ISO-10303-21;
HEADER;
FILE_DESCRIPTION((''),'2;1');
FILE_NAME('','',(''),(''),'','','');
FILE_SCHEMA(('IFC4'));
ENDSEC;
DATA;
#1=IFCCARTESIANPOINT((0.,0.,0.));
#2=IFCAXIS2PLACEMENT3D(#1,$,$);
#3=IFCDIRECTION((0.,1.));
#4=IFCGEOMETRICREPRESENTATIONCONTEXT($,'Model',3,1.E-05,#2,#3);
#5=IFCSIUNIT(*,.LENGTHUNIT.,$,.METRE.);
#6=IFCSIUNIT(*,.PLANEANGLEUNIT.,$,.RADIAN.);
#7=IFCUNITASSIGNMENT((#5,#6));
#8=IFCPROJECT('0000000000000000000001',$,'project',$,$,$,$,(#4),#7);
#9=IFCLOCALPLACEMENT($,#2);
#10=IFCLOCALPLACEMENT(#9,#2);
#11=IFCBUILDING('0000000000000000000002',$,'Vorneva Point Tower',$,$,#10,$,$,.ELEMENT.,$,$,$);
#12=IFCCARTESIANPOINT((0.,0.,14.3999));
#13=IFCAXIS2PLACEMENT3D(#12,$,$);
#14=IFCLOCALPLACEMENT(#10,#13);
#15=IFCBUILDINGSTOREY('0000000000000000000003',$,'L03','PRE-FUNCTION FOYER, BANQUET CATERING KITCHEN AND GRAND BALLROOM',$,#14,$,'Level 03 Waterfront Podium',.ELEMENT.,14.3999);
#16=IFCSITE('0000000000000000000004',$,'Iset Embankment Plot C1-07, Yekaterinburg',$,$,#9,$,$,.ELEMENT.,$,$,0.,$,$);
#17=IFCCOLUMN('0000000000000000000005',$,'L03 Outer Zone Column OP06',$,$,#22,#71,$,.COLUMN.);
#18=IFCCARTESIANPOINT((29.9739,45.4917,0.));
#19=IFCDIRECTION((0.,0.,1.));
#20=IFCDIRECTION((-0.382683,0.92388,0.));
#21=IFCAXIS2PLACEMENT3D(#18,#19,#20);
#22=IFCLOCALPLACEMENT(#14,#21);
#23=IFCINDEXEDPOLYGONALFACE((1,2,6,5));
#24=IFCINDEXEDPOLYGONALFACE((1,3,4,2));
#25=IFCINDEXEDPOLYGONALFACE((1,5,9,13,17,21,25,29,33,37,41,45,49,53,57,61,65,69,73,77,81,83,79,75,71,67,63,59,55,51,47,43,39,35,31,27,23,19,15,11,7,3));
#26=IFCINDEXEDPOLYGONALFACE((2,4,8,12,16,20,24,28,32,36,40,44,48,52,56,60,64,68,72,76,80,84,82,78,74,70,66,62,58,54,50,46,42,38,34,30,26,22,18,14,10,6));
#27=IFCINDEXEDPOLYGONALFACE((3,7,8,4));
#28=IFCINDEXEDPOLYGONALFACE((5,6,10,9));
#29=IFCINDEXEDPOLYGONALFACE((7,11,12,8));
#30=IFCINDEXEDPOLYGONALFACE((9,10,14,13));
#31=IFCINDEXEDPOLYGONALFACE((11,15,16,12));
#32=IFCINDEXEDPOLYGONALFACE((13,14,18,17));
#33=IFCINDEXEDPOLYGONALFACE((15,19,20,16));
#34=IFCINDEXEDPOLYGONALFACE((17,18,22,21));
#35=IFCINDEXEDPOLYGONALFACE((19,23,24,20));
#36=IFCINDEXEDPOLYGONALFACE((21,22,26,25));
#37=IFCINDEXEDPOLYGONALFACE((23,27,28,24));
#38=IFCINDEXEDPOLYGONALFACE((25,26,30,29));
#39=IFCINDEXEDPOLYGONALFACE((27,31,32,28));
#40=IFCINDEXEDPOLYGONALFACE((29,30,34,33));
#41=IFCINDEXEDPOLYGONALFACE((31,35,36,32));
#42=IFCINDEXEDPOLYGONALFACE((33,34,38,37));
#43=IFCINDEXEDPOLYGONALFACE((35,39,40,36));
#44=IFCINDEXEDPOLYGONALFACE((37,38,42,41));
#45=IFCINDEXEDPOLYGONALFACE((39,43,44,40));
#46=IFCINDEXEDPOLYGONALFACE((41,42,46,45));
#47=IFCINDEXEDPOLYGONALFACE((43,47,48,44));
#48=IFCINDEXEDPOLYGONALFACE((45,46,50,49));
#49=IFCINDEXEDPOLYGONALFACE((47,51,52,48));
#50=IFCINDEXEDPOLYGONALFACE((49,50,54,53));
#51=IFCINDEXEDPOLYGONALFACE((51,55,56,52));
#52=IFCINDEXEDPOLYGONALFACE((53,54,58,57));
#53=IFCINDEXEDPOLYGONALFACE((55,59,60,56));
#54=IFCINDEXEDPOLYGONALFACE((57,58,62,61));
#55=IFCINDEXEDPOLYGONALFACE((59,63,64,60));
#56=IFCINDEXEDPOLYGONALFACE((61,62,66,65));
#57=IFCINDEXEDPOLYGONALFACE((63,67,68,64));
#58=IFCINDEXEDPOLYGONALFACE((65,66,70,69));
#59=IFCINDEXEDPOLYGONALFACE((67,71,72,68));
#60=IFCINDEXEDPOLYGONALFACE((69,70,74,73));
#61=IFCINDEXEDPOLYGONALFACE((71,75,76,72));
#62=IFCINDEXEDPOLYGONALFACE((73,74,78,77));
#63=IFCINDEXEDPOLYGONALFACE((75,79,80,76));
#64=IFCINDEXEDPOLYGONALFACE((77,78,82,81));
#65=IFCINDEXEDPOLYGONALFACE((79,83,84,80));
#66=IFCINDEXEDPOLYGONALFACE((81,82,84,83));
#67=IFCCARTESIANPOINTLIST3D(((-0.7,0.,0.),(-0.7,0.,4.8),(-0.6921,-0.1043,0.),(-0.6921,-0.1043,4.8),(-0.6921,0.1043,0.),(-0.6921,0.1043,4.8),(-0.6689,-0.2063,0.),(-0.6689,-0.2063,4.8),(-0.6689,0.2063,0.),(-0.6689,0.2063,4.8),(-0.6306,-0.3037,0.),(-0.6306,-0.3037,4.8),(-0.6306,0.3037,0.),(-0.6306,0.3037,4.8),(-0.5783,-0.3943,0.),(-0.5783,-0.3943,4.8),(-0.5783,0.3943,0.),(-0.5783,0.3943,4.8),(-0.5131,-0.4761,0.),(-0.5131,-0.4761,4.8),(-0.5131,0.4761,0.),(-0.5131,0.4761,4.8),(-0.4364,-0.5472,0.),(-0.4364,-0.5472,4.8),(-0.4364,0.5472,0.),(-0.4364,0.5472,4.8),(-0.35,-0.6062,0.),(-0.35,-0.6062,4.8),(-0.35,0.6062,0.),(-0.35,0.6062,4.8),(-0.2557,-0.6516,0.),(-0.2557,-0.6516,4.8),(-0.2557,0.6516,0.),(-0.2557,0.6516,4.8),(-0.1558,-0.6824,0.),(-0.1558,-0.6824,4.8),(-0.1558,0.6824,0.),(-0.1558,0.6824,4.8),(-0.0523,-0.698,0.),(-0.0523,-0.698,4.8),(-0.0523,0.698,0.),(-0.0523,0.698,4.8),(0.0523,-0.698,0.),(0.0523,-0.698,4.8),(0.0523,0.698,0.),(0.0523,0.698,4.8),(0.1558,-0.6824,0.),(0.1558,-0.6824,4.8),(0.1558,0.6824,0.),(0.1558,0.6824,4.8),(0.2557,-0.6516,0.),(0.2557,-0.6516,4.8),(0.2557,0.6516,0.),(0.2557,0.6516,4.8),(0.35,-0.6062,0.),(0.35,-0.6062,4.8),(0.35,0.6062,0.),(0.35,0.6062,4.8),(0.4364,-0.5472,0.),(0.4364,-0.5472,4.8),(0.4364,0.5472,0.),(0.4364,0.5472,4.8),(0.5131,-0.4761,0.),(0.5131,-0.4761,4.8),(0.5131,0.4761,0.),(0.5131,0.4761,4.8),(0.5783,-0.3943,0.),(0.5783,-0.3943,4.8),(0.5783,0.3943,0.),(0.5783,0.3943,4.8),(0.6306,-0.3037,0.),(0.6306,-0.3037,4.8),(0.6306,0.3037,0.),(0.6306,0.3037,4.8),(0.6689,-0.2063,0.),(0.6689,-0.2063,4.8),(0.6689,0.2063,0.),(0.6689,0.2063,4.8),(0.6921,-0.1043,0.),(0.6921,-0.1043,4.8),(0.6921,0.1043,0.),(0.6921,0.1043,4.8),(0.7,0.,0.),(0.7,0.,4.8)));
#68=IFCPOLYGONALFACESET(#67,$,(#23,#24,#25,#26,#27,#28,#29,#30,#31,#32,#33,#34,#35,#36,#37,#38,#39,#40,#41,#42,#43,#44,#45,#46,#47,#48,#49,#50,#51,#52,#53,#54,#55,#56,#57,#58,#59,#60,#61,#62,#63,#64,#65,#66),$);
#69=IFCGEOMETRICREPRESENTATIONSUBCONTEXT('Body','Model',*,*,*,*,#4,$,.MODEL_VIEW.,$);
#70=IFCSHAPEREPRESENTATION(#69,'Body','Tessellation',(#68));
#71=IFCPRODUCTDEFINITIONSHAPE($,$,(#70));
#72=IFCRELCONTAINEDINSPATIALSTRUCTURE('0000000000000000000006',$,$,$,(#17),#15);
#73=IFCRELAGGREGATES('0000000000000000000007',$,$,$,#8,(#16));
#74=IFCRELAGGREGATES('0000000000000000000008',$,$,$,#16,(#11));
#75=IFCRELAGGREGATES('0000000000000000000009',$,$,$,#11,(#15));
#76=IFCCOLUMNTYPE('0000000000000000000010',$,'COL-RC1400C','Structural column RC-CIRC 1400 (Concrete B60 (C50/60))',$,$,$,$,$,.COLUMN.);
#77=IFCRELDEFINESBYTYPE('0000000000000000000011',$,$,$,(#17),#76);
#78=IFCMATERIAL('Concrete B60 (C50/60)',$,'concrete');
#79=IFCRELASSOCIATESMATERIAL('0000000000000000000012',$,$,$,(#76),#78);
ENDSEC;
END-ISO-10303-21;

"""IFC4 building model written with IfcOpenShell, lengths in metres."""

from ifc_helpers import new_model, si_unit, direction, frame, origin, origin_2d, place, context, subcontext, project, spatial, circle, extrude, material, material_profile, profile_set, type_object, element, save


model = new_model("IFC4")

# Units and contexts
model_context = context("Model", 3, precision=1e-05, world=origin(), true_north=direction((0.0, 1.0)))
body_context = subcontext(model_context, "Body", "Model", "MODEL_VIEW")
ifc_project = project(units=[si_unit("LENGTHUNIT", "METRE"), si_unit("PLANEANGLEUNIT", "RADIAN")], contexts=[model_context])

# Site, building, storey
site_placement = place(None, origin())
site = spatial("IfcSite", under=ifc_project, at=site_placement, Name="Iset Embankment Plot C1-07, Yekaterinburg", CompositionType="ELEMENT", RefElevation=0.0)
building_placement = place(site_placement, origin())
building = spatial("IfcBuilding", under=site, at=building_placement, Name="Vorneva Point Tower", CompositionType="ELEMENT")
storey_placement = place(building_placement, frame((0.0, 0.0, 14.3999)))
storey = spatial("IfcBuildingStorey", under=building, at=storey_placement, Name="L03", Description="PRE-FUNCTION FOYER, BANQUET CATERING KITCHEN AND GRAND BALLROOM", LongName="Level 03 Waterfront Podium", CompositionType="ELEMENT", Elevation=14.3999)

# Column
ifc_material_1 = material(Name="Concrete B60 (C50/60)", Category="concrete")
ifc_material_profile_1 = material_profile(ifc_material_1, circle(Radius=0.7, at=origin_2d()), Name="RC-CIRC 1400")
ifc_profile_set_1 = profile_set([ifc_material_profile_1], Name="Concrete B60 (C50/60)")
column_type_1 = type_object("IfcColumnType", Name="COL-RC1400C", Description="Structural column RC-CIRC 1400 (Concrete B60 (C50/60))", PredefinedType="COLUMN", material=ifc_profile_set_1)
for number, where, z_axis, x_axis, name in (
    (1, (29.9739, 45.4917, 0.0), (0.0, 0.0, 1.0), (-0.382683, 0.92388, 0.0), "L03 Outer Zone Column OP06"),
):
    element("IfcColumn", number, at=place(storey_placement, frame(where, z_axis=z_axis, x_axis=x_axis)), inside=storey, type_object=column_type_1, Name=name, PredefinedType="COLUMN", context=body_context, shape_type="SweptSolid", body=[
        extrude(circle(Radius=0.7, at=origin_2d()), origin(), (0.0, 0.0, 1.0), 4.8),
    ])

save(model, "model.ifc")
